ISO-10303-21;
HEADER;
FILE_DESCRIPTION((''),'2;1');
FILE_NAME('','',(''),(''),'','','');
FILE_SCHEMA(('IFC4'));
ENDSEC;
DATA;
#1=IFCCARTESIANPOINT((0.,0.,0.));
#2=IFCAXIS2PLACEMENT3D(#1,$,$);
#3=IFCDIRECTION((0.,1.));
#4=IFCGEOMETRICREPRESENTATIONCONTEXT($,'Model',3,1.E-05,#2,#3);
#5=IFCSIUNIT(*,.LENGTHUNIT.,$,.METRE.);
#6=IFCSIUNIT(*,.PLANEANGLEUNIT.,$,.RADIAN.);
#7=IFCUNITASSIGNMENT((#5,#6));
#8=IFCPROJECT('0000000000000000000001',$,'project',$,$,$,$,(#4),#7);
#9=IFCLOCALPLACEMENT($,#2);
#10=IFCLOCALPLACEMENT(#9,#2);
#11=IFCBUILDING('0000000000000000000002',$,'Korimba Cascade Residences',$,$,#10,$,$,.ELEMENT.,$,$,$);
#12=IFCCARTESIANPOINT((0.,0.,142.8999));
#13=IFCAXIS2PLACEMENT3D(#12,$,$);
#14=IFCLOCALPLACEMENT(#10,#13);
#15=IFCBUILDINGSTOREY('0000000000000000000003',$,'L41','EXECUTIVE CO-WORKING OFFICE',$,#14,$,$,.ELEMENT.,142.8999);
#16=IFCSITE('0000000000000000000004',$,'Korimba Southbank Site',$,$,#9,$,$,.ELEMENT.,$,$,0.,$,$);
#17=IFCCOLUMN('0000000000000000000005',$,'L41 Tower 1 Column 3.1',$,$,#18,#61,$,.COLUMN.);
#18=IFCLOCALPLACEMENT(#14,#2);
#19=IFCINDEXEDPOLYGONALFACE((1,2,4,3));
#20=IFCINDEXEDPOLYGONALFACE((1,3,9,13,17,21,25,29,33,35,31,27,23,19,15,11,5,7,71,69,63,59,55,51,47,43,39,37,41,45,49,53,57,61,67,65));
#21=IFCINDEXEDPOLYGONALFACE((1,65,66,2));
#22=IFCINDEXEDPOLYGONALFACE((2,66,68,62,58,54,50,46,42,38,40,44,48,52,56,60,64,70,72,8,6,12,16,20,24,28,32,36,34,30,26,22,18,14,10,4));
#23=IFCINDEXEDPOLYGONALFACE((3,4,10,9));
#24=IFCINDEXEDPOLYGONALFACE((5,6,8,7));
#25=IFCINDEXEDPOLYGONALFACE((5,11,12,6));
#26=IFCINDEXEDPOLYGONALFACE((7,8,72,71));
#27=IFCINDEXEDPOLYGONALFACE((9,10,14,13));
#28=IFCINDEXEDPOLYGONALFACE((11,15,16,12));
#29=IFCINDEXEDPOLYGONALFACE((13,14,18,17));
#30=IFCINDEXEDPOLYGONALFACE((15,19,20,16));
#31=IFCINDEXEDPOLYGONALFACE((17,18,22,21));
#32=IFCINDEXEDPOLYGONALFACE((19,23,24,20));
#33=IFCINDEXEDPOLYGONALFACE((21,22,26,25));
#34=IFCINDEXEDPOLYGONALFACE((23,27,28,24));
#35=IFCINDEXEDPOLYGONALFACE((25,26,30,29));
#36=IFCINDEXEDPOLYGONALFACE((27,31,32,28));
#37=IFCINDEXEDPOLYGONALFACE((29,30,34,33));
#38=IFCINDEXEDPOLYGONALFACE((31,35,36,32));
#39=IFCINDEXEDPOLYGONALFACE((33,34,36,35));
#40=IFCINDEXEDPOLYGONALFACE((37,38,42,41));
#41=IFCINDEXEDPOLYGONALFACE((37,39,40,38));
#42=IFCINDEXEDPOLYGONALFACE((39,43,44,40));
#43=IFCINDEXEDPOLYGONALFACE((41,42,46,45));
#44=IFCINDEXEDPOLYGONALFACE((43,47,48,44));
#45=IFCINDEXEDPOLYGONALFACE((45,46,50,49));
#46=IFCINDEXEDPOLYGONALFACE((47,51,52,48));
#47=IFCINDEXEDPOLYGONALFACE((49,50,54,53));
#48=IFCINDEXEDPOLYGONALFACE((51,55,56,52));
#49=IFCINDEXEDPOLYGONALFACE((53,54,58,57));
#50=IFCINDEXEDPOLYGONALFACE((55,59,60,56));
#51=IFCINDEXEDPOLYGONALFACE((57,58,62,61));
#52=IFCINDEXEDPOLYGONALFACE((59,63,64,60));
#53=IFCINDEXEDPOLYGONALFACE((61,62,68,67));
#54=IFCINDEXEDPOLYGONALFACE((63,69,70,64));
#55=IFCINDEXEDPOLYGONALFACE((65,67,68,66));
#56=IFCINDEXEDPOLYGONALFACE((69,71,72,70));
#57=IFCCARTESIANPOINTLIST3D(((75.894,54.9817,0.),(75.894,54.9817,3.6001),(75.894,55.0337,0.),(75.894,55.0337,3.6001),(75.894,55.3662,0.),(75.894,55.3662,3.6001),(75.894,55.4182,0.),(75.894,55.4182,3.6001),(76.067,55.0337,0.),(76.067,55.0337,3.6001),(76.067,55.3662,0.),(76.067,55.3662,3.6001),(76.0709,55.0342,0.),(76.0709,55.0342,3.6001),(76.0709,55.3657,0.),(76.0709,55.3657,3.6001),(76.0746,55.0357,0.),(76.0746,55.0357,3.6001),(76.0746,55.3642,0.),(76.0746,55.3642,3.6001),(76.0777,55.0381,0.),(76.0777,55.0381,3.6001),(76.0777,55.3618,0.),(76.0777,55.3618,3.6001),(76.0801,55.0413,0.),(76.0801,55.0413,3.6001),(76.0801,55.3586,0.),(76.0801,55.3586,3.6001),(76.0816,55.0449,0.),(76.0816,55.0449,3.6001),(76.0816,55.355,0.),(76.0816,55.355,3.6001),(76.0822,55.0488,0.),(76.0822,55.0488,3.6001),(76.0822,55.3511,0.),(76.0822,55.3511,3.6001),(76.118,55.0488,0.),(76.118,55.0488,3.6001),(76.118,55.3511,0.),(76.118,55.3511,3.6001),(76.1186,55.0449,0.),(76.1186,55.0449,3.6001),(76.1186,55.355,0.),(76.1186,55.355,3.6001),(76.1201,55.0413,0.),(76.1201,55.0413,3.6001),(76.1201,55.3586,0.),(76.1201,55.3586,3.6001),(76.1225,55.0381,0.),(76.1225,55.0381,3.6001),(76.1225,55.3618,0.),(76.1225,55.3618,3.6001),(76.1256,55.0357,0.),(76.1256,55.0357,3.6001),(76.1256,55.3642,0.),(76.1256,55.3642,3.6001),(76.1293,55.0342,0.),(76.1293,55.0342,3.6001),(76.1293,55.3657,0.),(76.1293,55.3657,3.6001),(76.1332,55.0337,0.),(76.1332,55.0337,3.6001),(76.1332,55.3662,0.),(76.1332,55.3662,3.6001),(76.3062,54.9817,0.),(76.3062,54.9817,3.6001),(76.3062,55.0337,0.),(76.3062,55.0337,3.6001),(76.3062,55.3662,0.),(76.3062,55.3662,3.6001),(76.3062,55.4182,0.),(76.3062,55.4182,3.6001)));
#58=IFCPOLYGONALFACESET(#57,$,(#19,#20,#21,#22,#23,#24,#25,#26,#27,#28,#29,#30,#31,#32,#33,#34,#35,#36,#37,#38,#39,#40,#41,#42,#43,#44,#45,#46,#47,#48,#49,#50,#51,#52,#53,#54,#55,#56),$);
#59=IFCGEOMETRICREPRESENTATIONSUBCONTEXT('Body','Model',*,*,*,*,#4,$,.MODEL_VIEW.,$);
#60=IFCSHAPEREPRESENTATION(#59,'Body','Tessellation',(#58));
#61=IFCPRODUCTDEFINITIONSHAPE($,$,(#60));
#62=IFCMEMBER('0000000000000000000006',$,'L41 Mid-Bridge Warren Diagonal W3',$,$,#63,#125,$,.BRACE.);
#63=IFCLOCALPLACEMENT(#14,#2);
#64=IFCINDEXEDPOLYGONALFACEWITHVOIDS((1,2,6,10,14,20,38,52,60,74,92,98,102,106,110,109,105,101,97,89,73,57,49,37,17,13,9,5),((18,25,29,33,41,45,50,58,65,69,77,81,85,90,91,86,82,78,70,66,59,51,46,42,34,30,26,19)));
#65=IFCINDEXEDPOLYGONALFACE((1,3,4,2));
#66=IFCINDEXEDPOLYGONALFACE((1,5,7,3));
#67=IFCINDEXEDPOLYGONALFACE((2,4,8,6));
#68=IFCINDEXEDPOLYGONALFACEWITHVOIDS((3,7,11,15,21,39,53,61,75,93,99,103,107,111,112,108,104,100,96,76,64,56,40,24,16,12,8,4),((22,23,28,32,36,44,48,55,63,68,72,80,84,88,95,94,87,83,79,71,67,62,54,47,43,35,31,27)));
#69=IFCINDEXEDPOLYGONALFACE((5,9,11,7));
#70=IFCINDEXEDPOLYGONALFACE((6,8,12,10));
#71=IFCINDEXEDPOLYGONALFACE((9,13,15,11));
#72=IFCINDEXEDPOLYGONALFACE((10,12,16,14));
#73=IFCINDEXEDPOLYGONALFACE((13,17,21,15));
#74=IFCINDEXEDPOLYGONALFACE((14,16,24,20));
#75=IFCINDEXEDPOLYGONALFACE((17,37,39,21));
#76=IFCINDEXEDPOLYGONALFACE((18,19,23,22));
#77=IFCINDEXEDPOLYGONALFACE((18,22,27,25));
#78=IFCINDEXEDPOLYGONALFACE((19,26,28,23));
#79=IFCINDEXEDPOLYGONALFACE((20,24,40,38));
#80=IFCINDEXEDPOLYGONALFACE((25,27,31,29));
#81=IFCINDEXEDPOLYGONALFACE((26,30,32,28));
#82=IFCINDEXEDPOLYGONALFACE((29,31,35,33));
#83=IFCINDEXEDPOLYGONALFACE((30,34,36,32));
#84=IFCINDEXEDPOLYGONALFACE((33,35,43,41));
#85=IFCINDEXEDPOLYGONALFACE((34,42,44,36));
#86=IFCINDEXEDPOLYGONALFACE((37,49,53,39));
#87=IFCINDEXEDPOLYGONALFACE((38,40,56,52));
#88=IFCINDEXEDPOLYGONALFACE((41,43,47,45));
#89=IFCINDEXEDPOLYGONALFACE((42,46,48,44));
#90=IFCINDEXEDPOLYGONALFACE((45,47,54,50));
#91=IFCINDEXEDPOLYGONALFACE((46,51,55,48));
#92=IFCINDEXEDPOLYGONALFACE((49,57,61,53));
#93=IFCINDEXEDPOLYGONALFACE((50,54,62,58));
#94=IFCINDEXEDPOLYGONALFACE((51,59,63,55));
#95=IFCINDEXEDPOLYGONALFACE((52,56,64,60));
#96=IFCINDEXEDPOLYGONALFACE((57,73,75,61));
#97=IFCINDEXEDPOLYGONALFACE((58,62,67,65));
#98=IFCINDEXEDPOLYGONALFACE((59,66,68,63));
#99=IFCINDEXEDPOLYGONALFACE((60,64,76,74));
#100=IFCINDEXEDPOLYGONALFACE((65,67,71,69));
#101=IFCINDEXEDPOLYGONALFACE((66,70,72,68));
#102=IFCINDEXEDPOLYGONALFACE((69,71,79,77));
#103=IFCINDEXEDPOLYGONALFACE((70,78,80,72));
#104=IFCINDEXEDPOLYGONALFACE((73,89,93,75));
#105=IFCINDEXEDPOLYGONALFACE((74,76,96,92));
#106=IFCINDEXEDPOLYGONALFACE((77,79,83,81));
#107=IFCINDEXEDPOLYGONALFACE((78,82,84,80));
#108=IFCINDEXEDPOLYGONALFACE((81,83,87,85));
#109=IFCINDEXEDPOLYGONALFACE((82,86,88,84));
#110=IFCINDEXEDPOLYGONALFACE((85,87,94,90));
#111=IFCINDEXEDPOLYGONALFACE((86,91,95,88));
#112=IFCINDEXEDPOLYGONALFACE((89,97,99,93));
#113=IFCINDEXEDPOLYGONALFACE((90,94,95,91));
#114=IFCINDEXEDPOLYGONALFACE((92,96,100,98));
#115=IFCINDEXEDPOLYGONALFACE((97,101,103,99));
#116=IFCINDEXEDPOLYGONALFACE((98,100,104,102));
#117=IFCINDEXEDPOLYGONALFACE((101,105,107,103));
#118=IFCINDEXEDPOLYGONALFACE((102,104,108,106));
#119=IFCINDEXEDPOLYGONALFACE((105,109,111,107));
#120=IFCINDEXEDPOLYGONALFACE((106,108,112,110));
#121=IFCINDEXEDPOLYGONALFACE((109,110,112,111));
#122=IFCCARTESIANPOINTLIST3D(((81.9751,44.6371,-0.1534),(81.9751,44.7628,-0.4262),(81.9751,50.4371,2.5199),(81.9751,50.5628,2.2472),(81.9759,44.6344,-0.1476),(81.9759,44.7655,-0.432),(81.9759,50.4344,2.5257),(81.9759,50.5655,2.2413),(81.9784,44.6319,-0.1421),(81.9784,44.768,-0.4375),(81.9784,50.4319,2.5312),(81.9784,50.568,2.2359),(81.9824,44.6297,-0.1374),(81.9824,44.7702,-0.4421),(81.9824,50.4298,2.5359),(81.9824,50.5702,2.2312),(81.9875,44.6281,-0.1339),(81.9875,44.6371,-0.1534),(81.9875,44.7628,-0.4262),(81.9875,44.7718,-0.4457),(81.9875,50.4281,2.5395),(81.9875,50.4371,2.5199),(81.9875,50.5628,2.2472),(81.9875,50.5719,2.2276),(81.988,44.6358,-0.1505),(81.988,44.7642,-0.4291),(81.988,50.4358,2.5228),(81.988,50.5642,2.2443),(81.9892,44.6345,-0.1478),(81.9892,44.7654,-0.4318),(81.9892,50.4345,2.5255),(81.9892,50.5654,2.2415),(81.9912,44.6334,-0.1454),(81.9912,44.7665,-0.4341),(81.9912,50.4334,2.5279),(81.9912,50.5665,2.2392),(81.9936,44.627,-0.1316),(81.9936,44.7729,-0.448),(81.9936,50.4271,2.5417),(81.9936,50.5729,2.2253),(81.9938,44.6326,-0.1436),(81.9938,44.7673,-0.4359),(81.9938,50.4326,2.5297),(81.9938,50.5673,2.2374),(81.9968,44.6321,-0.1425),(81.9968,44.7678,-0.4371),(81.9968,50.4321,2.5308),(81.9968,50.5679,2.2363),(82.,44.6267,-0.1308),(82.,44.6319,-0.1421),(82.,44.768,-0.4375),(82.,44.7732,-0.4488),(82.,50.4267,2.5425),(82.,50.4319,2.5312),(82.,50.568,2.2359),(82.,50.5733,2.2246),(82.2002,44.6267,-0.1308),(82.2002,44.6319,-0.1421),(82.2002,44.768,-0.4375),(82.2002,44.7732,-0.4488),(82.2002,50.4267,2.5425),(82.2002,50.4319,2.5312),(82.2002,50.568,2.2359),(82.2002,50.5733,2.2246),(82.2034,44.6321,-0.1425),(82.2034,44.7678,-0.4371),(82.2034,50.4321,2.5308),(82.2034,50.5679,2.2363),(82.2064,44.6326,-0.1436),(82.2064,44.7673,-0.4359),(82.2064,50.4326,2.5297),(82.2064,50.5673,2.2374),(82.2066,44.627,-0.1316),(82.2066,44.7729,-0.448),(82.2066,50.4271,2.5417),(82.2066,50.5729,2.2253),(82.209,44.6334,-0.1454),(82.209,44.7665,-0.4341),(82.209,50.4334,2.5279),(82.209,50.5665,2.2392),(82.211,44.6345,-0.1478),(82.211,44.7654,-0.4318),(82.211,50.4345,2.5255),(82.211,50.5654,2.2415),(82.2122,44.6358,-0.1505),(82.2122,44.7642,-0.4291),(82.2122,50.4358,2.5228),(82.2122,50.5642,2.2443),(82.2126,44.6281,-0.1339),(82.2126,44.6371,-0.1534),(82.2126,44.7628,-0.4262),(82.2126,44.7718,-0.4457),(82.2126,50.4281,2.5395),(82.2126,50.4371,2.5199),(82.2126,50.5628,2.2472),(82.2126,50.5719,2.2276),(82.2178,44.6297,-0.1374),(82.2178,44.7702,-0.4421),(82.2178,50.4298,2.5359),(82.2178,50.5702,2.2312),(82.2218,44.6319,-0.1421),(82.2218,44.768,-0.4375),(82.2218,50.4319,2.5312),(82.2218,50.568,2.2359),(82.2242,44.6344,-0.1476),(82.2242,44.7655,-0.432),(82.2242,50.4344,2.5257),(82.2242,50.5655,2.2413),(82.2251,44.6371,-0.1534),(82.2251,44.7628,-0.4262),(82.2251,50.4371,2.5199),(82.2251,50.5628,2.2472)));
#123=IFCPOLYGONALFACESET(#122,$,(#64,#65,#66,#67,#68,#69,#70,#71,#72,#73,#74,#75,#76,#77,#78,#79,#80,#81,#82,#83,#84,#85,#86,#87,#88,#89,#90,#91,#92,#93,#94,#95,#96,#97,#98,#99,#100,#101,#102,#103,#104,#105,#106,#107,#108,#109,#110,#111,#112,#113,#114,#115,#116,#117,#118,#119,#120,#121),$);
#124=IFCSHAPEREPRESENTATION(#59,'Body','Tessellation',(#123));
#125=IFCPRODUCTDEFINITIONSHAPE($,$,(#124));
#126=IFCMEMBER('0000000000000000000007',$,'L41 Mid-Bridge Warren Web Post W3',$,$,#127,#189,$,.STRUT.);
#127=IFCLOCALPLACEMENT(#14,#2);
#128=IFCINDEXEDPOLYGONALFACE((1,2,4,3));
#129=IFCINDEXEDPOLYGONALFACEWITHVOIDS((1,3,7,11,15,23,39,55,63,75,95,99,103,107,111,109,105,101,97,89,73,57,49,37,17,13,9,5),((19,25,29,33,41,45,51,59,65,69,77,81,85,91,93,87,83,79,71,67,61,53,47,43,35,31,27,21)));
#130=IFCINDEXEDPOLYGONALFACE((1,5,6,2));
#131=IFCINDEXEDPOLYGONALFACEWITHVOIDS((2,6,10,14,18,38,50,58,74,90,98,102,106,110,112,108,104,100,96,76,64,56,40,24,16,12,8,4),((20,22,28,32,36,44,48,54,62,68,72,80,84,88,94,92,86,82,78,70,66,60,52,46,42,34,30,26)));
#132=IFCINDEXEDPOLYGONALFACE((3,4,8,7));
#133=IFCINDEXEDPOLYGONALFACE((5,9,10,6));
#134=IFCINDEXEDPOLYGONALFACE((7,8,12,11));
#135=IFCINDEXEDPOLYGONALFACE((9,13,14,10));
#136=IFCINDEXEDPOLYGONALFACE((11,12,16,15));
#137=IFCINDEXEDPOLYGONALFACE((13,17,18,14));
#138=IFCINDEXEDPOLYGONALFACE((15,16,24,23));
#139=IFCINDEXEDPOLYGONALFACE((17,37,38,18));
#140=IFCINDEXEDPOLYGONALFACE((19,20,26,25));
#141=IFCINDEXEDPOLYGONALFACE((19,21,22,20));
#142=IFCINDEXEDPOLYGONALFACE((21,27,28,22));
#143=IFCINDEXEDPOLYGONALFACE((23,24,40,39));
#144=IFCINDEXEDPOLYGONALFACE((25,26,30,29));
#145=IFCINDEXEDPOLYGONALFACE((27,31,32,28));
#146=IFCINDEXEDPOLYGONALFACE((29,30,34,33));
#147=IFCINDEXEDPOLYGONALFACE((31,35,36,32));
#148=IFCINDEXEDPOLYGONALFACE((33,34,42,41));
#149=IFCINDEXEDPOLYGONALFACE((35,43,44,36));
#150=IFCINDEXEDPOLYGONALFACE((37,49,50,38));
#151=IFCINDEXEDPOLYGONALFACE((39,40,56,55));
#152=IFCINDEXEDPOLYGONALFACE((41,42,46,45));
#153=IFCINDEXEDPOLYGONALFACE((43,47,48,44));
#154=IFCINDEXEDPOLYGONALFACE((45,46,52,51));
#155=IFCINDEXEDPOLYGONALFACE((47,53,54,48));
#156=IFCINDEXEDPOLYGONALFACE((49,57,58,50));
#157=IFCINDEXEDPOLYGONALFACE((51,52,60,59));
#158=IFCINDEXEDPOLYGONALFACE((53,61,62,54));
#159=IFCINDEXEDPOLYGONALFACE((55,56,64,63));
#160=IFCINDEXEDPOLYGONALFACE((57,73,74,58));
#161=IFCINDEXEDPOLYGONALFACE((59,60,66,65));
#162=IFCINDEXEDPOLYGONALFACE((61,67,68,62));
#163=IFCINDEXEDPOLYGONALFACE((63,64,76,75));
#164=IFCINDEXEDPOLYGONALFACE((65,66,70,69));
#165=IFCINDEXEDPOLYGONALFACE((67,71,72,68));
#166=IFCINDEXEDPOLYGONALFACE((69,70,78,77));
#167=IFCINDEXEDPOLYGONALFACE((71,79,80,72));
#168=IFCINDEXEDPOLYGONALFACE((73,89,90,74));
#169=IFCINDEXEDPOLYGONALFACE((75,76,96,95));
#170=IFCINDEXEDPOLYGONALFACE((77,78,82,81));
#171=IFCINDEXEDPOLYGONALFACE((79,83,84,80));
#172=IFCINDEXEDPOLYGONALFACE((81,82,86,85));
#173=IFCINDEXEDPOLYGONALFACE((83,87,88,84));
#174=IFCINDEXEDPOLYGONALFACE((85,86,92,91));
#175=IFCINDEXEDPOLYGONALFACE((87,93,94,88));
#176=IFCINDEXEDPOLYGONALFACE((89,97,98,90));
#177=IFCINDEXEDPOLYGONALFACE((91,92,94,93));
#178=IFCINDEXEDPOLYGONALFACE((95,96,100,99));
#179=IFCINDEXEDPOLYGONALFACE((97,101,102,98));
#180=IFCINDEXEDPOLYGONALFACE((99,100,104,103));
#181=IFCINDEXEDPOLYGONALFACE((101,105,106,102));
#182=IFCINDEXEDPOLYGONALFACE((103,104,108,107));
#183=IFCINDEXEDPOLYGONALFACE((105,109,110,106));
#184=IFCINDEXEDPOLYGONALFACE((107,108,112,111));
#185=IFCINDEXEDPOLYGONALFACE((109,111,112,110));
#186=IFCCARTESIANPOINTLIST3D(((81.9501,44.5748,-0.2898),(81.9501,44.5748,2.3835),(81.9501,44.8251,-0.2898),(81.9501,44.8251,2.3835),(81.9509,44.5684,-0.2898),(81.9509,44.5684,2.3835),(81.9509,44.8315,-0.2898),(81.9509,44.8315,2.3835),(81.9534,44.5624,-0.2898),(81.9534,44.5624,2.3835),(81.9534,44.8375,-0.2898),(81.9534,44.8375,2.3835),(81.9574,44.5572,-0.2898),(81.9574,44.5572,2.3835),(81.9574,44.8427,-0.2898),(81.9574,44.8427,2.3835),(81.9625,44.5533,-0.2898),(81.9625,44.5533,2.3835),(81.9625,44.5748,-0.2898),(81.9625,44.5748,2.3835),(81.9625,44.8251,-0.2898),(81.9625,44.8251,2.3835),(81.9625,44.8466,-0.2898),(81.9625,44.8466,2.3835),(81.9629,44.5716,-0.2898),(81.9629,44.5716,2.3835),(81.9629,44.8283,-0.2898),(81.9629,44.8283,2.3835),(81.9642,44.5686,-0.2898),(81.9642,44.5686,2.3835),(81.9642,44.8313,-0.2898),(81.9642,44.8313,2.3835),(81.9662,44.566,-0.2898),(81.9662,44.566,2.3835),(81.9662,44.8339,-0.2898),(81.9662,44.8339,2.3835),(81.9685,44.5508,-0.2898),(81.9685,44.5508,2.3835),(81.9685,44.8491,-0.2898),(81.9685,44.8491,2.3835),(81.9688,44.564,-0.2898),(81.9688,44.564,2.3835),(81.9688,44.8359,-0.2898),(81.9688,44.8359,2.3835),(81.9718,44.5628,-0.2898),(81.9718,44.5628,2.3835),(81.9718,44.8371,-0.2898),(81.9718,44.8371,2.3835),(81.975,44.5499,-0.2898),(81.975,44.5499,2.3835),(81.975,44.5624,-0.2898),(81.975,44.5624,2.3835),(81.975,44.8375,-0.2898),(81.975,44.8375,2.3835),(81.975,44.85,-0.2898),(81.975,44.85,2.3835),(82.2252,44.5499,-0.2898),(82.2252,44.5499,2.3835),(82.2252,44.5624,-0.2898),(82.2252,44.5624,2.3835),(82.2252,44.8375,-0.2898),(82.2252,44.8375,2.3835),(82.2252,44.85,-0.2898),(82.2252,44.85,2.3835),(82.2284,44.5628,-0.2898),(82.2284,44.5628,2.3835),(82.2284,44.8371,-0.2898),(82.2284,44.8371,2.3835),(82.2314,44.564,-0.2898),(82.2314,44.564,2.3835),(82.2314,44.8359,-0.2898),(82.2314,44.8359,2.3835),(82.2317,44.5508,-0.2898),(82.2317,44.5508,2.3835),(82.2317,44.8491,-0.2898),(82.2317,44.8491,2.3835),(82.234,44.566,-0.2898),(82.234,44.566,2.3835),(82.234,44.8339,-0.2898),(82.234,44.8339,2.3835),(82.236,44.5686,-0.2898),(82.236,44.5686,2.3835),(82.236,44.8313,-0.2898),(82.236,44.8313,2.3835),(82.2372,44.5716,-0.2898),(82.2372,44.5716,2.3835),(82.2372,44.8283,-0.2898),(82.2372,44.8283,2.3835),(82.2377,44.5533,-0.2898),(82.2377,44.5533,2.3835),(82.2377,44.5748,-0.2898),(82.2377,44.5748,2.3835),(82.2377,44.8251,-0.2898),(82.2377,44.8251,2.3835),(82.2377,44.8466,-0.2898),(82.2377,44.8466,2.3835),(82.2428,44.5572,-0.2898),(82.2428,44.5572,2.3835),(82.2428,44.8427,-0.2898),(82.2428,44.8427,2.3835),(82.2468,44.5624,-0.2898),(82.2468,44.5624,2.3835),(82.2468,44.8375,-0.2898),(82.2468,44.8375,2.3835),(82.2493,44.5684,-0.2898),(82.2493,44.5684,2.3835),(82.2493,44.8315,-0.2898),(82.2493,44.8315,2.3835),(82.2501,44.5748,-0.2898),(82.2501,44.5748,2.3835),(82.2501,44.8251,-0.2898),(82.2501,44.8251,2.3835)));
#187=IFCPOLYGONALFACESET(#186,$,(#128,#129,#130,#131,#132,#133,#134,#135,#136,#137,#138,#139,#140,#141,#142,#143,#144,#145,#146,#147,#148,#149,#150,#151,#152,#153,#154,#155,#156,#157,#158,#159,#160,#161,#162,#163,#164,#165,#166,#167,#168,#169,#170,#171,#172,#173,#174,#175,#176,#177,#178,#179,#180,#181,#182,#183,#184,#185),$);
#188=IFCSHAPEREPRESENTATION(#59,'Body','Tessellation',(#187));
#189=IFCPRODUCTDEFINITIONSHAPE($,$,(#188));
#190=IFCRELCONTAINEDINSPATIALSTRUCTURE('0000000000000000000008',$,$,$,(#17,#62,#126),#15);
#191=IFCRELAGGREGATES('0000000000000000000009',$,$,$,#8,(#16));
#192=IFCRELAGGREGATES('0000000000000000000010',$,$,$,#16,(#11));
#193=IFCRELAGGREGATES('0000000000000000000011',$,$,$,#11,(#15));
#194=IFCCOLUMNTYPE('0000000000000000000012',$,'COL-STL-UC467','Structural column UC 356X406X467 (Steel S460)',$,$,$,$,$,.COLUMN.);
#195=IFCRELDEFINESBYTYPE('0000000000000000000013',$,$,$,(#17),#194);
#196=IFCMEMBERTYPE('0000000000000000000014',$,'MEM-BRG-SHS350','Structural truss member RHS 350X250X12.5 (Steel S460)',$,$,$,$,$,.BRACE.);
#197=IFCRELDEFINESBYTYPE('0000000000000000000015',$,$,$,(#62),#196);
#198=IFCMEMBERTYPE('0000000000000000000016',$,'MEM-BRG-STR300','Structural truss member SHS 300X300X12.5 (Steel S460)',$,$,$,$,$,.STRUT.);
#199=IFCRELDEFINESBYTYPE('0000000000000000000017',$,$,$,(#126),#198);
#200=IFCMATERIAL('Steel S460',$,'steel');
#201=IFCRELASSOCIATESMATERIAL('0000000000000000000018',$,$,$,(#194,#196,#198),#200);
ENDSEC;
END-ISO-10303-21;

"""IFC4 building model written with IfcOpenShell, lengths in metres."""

from ifc_helpers import new_model, si_unit, direction, frame, origin, origin_2d, place, context, subcontext, project, spatial, hollow_rectangle, i_section, extrude, material, material_profile, profile_set, type_object, element, save


model = new_model("IFC4")

# Units and contexts
model_context = context("Model", 3, precision=1e-05, world=origin(), true_north=direction((0.0, 1.0)))
body_context = subcontext(model_context, "Body", "Model", "MODEL_VIEW")
ifc_project = project(units=[si_unit("LENGTHUNIT", "METRE"), si_unit("PLANEANGLEUNIT", "RADIAN")], contexts=[model_context])

# Site, building, storey
site_placement = place(None, origin())
site = spatial("IfcSite", under=ifc_project, at=site_placement, Name="Korimba Southbank Site", CompositionType="ELEMENT", RefElevation=0.0)
building_placement = place(site_placement, origin())
building = spatial("IfcBuilding", under=site, at=building_placement, Name="Korimba Cascade Residences", CompositionType="ELEMENT")
storey_placement = place(building_placement, frame((0.0, 0.0, 142.8999)))
storey = spatial("IfcBuildingStorey", under=building, at=storey_placement, Name="L41", Description="EXECUTIVE CO-WORKING OFFICE", CompositionType="ELEMENT", Elevation=142.8999)

# Column
ifc_material_1 = material(Name="Steel S460", Category="steel")
ifc_material_profile_1 = material_profile(ifc_material_1, i_section(OverallWidth=0.4121, OverallDepth=0.4365, WebThickness=0.0359, FlangeThickness=0.052, FilletRadius=0.0151, at=origin_2d()), Name="Steel S460")
ifc_profile_set_1 = profile_set([ifc_material_profile_1], Name="Steel S460")
column_type = type_object("IfcColumnType", Name="COL-STL-UC467", Description="Structural column UC 356X406X467 (Steel S460)", PredefinedType="COLUMN", material=ifc_profile_set_1)
column_placement = place(storey_placement, frame((76.1001, 55.2, 0.0), z_axis=(0.0, 0.0, 1.0), x_axis=(1.0, 0.0, 0.0)))
element("IfcColumn", 1, at=column_placement, inside=storey, type_object=column_type, Name="L41 Tower 1 Column 3.1", PredefinedType="COLUMN", context=body_context, shape_type="SweptSolid", body=[
    extrude(i_section(OverallWidth=0.4121, OverallDepth=0.4365, WebThickness=0.0359, FlangeThickness=0.052, FilletRadius=0.0151, at=origin_2d()), origin(), (0.0, 0.0, 1.0), 3.6001),
])

# Members
ifc_material_profile_2 = material_profile(ifc_material_1, hollow_rectangle(XDim=0.25, YDim=0.3501, WallThickness=0.0125, InnerFilletRadius=0.0125, OuterFilletRadius=0.0249, at=origin_2d()), Name="Steel S460")
ifc_profile_set_2 = profile_set([ifc_material_profile_2], Name="Steel S460")
member_type_1 = type_object("IfcMemberType", Name="MEM-BRG-SHS350", Description="Structural truss member RHS 350X250X12.5 (Steel S460)", PredefinedType="BRACE", material=ifc_profile_set_2)
member_placement = place(storey_placement, frame((82.1001, 44.7, -0.2898), z_axis=(0.0, 0.908174, 0.418593), x_axis=(-1.0, 0.0, 0.0)))
element("IfcMember", 2, at=member_placement, inside=storey, type_object=member_type_1, Name="L41 Mid-Bridge Warren Diagonal W3", PredefinedType="BRACE", context=body_context, shape_type="SweptSolid", body=[
    extrude(hollow_rectangle(XDim=0.25, YDim=0.3501, WallThickness=0.0125, InnerFilletRadius=0.0125, OuterFilletRadius=0.0249, at=origin_2d()), origin(), (0.0, 0.0, 1.0), 6.3865),
])
ifc_material_profile_3 = material_profile(ifc_material_1, hollow_rectangle(XDim=0.3, YDim=0.3, WallThickness=0.0125, InnerFilletRadius=0.0125, OuterFilletRadius=0.0249, at=origin_2d()), Name="Steel S460")
ifc_profile_set_3 = profile_set([ifc_material_profile_3], Name="Steel S460")
member_type_2 = type_object("IfcMemberType", Name="MEM-BRG-STR300", Description="Structural truss member SHS 300X300X12.5 (Steel S460)", PredefinedType="STRUT", material=ifc_profile_set_3)
for number, where, z_axis, x_axis, name in (
    (3, (82.1001, 44.7, -0.2898), (0.0, 0.0, 1.0), (1.0, 0.0, 0.0), "L41 Mid-Bridge Warren Web Post W3"),
):
    element("IfcMember", number, at=place(storey_placement, frame(where, z_axis=z_axis, x_axis=x_axis)), inside=storey, type_object=member_type_2, Name=name, PredefinedType="STRUT", context=body_context, shape_type="SweptSolid", body=[
        extrude(hollow_rectangle(XDim=0.3, YDim=0.3, WallThickness=0.0125, InnerFilletRadius=0.0125, OuterFilletRadius=0.0249, at=origin_2d()), origin(), (0.0, 0.0, 1.0), 2.6733),
    ])

save(model, "model.ifc")
